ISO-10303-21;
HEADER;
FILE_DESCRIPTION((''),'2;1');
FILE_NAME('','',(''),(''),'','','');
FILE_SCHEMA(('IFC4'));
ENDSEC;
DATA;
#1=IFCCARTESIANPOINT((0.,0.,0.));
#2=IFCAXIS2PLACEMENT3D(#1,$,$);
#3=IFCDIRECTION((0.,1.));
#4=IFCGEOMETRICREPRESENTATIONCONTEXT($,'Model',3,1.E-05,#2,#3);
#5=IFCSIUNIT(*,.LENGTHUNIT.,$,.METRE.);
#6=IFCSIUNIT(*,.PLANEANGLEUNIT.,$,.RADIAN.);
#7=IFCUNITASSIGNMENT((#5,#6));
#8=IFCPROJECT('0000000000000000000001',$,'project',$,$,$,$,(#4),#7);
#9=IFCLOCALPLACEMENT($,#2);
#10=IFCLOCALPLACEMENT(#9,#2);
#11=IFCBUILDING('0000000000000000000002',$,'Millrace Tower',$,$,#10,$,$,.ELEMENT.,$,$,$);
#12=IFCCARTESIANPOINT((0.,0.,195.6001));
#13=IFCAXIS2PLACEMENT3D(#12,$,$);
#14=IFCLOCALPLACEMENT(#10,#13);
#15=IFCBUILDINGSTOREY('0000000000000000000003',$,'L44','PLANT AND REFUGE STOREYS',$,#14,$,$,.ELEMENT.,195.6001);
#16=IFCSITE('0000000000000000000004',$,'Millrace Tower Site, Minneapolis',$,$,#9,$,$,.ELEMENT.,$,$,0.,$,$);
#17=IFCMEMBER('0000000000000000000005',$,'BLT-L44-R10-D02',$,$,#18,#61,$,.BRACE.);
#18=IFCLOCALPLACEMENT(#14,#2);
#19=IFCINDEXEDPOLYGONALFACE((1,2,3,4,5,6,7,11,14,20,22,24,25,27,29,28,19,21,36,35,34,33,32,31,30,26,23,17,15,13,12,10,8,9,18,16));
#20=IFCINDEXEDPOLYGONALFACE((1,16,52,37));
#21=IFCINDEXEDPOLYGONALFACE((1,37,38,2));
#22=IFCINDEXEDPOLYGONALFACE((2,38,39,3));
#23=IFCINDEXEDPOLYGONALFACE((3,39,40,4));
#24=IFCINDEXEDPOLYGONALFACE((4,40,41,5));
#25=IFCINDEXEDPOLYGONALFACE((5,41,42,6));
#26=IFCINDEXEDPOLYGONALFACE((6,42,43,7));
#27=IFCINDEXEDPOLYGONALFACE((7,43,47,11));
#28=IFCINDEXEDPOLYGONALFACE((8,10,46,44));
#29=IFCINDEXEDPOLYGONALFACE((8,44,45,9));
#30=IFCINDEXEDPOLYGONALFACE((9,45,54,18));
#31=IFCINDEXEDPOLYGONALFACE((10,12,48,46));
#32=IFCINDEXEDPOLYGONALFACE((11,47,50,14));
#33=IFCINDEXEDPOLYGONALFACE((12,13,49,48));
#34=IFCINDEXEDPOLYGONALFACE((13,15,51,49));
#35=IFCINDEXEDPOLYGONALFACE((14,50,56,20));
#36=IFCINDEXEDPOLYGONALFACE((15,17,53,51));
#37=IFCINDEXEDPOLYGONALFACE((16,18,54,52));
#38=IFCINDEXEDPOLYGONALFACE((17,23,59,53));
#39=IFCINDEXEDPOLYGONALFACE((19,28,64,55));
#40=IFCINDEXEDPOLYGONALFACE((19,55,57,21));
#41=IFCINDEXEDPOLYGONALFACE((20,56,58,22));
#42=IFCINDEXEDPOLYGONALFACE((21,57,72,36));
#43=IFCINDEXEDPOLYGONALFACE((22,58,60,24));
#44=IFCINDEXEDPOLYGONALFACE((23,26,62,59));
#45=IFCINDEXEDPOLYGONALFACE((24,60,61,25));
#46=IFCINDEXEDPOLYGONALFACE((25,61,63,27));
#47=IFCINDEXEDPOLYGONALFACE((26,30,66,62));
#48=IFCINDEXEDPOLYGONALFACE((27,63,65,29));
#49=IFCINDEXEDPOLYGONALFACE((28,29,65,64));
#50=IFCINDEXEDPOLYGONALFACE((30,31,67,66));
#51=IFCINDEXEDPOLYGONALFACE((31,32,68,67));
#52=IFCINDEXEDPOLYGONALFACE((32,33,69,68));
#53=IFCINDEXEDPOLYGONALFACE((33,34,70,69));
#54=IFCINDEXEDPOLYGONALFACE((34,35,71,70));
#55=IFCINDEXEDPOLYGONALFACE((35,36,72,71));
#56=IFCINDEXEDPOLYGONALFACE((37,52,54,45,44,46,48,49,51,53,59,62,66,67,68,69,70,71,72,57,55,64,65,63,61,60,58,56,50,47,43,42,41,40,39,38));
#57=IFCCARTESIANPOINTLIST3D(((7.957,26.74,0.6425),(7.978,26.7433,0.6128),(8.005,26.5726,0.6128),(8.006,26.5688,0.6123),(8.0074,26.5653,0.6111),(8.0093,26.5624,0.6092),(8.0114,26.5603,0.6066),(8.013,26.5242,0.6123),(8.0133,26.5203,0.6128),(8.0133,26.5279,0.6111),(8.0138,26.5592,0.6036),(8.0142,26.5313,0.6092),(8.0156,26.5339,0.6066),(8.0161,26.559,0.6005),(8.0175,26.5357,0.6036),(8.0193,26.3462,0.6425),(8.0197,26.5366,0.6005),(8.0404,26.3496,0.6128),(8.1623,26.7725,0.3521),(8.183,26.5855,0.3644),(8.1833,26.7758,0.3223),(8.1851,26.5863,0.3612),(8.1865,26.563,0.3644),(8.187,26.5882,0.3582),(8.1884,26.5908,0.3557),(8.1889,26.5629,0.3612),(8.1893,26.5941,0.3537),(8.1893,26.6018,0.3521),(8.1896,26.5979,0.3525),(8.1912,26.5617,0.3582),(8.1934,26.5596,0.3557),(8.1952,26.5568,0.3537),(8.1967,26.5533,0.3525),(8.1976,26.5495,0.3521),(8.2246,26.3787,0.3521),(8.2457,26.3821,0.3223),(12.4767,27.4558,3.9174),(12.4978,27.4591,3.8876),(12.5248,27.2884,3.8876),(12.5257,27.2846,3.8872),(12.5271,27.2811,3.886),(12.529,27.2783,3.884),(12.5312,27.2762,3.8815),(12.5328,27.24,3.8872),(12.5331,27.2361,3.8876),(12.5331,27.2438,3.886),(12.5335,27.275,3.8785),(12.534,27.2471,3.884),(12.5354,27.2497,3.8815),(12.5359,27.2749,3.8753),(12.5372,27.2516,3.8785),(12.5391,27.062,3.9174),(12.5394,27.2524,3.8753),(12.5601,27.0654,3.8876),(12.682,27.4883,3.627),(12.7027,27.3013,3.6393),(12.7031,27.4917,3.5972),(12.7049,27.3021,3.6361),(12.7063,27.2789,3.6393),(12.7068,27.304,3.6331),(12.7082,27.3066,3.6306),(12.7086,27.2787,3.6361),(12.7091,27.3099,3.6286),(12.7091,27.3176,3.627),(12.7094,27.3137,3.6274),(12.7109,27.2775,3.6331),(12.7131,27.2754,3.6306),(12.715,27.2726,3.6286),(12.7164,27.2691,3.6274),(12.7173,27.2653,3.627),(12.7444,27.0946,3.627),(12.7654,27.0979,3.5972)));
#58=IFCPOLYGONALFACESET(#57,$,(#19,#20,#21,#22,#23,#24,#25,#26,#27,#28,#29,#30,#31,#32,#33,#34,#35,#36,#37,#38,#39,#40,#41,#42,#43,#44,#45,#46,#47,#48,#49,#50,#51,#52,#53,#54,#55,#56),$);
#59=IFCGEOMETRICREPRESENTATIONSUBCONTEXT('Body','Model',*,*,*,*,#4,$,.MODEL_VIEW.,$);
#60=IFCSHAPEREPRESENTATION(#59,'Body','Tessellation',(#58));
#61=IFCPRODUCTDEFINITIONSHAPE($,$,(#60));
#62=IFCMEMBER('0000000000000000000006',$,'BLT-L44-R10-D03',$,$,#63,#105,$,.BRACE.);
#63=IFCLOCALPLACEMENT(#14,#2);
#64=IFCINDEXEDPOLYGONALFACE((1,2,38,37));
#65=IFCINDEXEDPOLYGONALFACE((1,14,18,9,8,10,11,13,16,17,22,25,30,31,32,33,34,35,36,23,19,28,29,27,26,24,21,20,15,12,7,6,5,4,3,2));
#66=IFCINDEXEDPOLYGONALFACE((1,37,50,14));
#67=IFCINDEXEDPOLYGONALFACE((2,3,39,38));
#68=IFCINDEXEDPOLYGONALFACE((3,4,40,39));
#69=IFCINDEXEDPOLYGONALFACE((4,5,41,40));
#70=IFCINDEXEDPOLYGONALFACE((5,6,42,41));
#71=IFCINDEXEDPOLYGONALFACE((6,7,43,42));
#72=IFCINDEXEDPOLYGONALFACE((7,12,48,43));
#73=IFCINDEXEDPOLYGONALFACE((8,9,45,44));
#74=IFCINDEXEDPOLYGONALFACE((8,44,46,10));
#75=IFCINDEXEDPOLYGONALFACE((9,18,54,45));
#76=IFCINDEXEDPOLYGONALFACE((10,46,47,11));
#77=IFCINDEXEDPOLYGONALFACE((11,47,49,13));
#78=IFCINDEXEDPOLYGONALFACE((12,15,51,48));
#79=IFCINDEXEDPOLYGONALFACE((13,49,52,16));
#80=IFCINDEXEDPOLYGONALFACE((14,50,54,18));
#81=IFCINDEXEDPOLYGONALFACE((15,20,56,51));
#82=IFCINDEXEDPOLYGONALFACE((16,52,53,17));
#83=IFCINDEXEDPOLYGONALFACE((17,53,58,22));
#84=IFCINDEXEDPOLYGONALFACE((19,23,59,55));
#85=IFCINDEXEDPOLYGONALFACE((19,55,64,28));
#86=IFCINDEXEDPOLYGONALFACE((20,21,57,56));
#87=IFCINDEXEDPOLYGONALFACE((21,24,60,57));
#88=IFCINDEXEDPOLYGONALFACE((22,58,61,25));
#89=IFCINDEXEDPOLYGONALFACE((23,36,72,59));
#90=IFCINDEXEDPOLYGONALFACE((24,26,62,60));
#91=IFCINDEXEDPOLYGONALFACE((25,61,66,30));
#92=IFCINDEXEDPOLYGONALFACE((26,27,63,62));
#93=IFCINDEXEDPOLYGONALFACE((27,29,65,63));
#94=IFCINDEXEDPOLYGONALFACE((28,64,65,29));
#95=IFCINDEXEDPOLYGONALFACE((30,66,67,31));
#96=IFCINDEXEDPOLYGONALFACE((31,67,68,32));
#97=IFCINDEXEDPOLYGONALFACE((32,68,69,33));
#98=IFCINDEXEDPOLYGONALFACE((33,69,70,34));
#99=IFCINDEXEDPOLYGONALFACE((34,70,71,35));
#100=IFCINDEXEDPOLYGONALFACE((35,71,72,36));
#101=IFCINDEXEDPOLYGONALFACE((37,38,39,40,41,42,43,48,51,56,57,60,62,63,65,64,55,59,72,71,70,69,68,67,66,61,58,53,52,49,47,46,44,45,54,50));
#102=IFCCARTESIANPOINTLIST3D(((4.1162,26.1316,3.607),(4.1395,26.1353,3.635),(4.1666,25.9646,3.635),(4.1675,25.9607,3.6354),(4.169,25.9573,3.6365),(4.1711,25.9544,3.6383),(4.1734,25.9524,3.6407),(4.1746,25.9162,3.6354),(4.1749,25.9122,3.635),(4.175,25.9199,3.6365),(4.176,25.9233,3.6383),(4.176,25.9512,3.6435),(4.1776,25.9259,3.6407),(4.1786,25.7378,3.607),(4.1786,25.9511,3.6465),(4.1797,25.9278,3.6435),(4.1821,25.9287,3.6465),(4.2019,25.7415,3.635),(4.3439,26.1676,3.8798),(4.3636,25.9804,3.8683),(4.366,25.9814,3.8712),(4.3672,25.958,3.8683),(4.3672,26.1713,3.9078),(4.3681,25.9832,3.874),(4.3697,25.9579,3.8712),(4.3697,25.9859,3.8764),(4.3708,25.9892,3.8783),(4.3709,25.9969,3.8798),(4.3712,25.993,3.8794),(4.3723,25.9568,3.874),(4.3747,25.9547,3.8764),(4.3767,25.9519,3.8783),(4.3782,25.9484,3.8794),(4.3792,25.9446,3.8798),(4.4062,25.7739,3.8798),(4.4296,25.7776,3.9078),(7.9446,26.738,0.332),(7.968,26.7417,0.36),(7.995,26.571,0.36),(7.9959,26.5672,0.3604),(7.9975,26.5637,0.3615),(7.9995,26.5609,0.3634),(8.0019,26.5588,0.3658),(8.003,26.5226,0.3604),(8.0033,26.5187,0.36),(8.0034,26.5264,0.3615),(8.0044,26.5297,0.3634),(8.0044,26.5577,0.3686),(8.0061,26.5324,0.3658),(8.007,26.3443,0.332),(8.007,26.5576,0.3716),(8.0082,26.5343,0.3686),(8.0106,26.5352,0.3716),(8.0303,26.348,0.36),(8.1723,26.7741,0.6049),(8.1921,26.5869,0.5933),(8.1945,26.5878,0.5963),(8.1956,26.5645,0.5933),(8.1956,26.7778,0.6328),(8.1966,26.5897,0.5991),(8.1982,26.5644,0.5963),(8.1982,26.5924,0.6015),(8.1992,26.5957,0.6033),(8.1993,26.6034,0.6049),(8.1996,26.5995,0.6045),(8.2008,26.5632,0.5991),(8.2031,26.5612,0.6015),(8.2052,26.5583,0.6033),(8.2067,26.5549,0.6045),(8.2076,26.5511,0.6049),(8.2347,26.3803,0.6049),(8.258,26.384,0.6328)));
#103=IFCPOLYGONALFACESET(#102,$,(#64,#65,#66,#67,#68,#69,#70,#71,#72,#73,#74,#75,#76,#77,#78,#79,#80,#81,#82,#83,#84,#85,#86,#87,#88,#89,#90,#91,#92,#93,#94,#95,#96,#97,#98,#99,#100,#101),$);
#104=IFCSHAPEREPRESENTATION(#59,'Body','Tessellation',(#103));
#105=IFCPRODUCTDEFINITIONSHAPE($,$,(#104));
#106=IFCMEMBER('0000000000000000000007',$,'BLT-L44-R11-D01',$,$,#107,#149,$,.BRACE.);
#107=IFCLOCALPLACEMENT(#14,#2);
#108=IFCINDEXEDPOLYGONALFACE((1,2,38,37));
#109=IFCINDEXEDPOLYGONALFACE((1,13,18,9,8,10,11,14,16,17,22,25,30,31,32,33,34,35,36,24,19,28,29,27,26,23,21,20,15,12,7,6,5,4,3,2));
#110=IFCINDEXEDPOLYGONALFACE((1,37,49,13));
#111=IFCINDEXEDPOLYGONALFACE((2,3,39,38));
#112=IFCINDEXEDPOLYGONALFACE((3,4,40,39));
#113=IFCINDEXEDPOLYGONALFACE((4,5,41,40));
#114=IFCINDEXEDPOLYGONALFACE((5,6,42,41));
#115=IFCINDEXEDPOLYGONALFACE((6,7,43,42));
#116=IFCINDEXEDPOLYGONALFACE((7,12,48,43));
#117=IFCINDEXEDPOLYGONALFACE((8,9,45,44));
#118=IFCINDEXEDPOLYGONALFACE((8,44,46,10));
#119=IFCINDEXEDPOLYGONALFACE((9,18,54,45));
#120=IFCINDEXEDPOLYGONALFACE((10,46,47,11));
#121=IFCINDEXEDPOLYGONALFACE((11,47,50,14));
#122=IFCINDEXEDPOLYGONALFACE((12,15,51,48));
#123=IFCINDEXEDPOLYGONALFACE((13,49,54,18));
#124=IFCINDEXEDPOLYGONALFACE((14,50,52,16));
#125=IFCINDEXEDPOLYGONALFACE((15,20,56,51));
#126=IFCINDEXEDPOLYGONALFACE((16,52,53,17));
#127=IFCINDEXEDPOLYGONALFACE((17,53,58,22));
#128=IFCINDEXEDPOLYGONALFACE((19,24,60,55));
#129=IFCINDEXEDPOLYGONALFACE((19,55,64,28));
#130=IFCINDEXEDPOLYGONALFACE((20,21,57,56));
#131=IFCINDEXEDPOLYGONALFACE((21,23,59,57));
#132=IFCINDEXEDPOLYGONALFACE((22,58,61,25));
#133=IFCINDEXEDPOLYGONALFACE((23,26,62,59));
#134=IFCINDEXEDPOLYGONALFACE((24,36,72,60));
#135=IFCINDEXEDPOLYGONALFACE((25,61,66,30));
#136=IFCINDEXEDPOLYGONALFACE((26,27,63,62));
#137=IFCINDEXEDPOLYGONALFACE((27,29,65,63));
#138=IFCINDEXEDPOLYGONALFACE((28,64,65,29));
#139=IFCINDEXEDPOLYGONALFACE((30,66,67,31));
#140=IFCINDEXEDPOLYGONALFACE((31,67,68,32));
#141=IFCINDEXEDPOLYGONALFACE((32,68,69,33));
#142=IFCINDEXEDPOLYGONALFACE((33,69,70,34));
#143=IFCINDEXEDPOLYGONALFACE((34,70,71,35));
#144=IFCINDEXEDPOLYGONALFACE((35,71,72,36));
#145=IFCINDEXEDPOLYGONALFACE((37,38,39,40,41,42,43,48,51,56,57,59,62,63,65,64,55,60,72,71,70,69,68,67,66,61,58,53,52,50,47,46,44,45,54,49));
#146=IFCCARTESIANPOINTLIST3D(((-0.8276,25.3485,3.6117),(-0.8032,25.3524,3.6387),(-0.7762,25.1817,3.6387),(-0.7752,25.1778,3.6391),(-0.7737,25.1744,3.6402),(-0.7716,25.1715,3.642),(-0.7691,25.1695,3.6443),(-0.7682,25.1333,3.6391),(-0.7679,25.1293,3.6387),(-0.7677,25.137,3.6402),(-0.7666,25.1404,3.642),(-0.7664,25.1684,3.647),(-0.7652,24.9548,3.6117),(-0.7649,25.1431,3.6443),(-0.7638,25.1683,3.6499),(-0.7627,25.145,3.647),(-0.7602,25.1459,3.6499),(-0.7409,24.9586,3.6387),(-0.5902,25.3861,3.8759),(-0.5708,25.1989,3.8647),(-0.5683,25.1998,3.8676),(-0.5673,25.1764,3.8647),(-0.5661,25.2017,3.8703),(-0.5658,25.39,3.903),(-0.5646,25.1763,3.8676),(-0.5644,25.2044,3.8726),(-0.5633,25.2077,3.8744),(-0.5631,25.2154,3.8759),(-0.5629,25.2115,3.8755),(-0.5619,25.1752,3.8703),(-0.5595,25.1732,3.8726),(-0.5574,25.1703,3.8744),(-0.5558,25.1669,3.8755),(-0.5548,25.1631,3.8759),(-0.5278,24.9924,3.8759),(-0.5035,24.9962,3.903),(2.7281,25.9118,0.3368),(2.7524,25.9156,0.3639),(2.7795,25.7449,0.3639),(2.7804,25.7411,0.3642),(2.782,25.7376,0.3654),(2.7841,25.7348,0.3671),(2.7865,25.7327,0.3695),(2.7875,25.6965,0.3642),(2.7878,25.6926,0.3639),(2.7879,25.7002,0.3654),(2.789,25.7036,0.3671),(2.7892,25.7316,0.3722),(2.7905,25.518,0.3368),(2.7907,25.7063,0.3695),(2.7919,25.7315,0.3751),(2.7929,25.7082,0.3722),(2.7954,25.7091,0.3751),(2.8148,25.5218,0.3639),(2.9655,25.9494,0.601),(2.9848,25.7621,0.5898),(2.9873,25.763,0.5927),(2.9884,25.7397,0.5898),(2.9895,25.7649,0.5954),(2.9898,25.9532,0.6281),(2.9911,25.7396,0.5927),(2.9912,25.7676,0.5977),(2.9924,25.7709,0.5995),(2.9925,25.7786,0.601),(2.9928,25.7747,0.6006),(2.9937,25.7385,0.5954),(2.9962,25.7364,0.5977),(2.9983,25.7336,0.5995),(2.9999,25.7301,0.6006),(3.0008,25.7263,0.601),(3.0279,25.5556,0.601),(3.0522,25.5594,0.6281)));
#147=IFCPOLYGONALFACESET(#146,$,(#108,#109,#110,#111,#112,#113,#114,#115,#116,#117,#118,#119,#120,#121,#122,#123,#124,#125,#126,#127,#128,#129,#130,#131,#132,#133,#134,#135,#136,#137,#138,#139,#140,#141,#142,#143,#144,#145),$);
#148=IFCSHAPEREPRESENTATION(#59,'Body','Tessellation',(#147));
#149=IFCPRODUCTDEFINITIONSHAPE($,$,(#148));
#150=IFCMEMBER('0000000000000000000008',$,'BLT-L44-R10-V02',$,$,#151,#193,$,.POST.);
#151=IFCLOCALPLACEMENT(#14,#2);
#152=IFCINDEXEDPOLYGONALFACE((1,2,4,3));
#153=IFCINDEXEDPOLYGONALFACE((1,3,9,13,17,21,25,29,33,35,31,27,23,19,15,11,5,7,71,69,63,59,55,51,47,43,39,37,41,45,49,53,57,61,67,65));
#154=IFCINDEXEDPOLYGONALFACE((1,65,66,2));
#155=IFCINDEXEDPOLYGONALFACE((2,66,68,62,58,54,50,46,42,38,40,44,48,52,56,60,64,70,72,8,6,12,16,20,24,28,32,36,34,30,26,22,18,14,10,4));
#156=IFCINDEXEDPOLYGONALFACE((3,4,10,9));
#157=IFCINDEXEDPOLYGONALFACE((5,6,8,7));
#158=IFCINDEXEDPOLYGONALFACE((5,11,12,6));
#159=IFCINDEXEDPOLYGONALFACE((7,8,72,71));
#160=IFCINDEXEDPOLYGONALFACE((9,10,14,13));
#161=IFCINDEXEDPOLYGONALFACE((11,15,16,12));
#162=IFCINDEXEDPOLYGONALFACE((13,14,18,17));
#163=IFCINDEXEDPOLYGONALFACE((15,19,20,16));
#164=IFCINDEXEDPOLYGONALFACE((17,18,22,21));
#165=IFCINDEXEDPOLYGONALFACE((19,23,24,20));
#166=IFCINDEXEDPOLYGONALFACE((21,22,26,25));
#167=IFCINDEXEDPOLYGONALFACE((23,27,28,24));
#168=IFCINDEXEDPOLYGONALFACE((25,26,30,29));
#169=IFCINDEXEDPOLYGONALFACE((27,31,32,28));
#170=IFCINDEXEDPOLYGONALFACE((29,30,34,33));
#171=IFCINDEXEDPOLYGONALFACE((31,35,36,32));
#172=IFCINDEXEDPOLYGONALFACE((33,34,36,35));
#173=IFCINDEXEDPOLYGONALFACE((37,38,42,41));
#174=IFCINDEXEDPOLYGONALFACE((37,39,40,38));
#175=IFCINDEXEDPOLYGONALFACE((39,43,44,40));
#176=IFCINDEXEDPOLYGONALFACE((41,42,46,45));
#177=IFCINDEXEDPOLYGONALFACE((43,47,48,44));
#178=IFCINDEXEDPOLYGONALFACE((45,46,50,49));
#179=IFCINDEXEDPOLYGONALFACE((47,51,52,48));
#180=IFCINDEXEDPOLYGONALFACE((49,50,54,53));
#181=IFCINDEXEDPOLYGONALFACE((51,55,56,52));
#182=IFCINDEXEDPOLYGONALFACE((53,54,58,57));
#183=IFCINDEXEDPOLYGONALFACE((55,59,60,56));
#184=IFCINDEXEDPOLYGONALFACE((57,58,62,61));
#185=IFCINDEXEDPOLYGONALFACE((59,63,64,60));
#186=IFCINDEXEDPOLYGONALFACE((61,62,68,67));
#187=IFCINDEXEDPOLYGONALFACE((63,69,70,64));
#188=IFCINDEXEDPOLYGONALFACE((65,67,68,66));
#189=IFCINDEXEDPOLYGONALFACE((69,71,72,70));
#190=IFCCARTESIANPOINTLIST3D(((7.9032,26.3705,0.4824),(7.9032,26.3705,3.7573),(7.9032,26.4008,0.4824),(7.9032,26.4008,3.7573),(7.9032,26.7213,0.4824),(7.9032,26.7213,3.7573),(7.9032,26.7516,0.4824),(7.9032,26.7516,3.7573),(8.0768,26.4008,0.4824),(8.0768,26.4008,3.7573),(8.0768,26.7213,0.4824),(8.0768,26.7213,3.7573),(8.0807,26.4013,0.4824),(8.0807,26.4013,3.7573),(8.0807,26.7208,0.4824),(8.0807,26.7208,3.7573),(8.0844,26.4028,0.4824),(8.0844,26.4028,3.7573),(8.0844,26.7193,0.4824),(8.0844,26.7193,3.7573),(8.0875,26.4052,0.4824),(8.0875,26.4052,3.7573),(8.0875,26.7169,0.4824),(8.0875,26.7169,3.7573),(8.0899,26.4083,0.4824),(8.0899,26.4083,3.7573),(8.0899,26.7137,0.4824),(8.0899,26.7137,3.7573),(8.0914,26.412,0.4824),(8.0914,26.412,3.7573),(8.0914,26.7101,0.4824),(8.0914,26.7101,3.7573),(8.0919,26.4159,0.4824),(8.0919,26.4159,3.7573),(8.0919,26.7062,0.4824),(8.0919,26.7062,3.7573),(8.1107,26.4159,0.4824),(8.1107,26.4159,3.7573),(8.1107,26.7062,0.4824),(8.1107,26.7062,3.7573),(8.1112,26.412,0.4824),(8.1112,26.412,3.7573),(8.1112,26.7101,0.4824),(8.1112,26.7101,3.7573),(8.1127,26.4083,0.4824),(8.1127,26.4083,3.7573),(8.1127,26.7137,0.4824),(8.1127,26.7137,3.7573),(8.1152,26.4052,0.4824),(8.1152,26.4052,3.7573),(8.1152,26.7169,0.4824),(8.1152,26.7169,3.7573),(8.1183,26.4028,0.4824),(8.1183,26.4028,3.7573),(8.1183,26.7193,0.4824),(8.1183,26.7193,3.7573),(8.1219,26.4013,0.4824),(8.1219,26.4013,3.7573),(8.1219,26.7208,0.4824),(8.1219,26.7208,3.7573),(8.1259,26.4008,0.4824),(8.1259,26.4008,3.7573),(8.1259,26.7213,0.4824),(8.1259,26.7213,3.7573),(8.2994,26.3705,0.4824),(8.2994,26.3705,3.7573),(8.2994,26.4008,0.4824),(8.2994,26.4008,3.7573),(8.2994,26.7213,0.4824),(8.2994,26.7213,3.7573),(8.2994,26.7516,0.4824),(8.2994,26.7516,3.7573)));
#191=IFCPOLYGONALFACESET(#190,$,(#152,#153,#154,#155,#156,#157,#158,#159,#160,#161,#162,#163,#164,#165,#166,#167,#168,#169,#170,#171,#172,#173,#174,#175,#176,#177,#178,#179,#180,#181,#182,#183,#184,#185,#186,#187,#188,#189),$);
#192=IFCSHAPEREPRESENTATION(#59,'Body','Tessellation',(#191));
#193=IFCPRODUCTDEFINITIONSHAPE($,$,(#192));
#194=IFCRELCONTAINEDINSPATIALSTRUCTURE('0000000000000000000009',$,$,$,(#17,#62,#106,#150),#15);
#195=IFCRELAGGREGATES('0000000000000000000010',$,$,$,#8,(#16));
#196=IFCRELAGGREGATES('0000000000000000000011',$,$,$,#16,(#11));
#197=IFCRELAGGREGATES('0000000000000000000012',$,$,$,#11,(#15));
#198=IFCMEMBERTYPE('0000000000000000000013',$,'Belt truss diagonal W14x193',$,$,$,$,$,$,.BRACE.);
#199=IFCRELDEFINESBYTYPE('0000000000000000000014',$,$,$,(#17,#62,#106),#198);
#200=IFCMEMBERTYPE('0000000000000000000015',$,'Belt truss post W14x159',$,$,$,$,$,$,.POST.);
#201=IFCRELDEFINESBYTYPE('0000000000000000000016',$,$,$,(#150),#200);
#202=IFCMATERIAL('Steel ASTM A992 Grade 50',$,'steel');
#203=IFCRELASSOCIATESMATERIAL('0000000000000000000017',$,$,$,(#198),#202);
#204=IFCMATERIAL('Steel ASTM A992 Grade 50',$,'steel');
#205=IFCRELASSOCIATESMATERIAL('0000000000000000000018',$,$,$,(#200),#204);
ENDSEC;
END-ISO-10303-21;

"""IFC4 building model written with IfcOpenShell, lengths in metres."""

from ifc_helpers import new_model, si_unit, direction, frame, origin, origin_2d, place, context, subcontext, project, spatial, i_section, extrude, material, material_profile, profile_set, type_object, element, save


model = new_model("IFC4")

# Units and contexts
model_context = context("Model", 3, precision=1e-05, world=origin(), true_north=direction((0.0, 1.0)))
body_context = subcontext(model_context, "Body", "Model", "MODEL_VIEW")
ifc_project = project(units=[si_unit("LENGTHUNIT", "METRE"), si_unit("PLANEANGLEUNIT", "RADIAN")], contexts=[model_context])

# Site, building, storey
site_placement = place(None, origin())
site = spatial("IfcSite", under=ifc_project, at=site_placement, Name="Millrace Tower Site, Minneapolis", CompositionType="ELEMENT", RefElevation=0.0)
building_placement = place(site_placement, origin())
building = spatial("IfcBuilding", under=site, at=building_placement, Name="Millrace Tower", CompositionType="ELEMENT")
storey_placement = place(building_placement, frame((0.0, 0.0, 195.6001)))
storey = spatial("IfcBuildingStorey", under=building, at=storey_placement, Name="L44", Description="PLANT AND REFUGE STOREYS", CompositionType="ELEMENT", Elevation=195.6001)

# Members
ifc_material_1 = material(Name="Steel ASTM A992 Grade 50", Category="steel")
ifc_material_profile_1 = material_profile(ifc_material_1, i_section(OverallWidth=0.3987, OverallDepth=0.3938, WebThickness=0.0227, FlangeThickness=0.0366, FilletRadius=0.0151, at=origin_2d()))
ifc_profile_set_1 = profile_set([ifc_material_profile_1], Name="Steel ASTM A992 Grade 50")
member_type_1 = type_object("IfcMemberType", Name="Belt truss diagonal W14x193", PredefinedType="BRACE", material=ifc_profile_set_1)
member_1_placement = place(storey_placement, frame((8.1013, 26.561, 0.4824), z_axis=(0.803197, 0.127206, 0.581974), x_axis=(-0.156426, 0.98769, 0.0)))
element("IfcMember", 1, at=member_1_placement, inside=storey, type_object=member_type_1, Name="BLT-L44-R10-D02", PredefinedType="BRACE", context=body_context, shape_type="SweptSolid", body=[
    extrude(i_section(OverallWidth=0.3987, OverallDepth=0.3938, WebThickness=0.0227, FlangeThickness=0.0366, FilletRadius=0.0151, at=origin_2d()), origin(), (0.0, 0.0, 1.0), 5.6272),
])
member_2_placement = place(storey_placement, frame((8.1013, 26.561, 0.4824), z_axis=(-0.754453, -0.119512, 0.645382), x_axis=(0.156457, -0.987685, 0.0)))
element("IfcMember", 2, at=member_2_placement, inside=storey, type_object=member_type_1, Name="BLT-L44-R10-D03", PredefinedType="BRACE", context=body_context, shape_type="SweptSolid", body=[
    extrude(i_section(OverallWidth=0.3987, OverallDepth=0.3938, WebThickness=0.0227, FlangeThickness=0.0366, FilletRadius=0.0151, at=origin_2d()), origin(), (0.0, 0.0, 1.0), 5.0745),
])
member_3_placement = place(storey_placement, frame((2.8901, 25.7356, 0.4824), z_axis=(-0.730608, -0.115731, 0.672918), x_axis=(0.156454, -0.987685, 0.0)))
element("IfcMember", 3, at=member_3_placement, inside=storey, type_object=member_type_1, Name="BLT-L44-R11-D01", PredefinedType="BRACE", context=body_context, shape_type="SweptSolid", body=[
    extrude(i_section(OverallWidth=0.3987, OverallDepth=0.3938, WebThickness=0.0227, FlangeThickness=0.0366, FilletRadius=0.0151, at=origin_2d()), origin(), (0.0, 0.0, 1.0), 4.8667),
])
ifc_material_2 = material(Name="Steel ASTM A992 Grade 50", Category="steel")
ifc_material_profile_2 = material_profile(ifc_material_2, i_section(OverallWidth=0.3962, OverallDepth=0.3811, WebThickness=0.0188, FlangeThickness=0.0303, FilletRadius=0.0151, at=origin_2d()))
ifc_profile_set_2 = profile_set([ifc_material_profile_2], Name="Steel ASTM A992 Grade 50")
member_type_2 = type_object("IfcMemberType", Name="Belt truss post W14x159", PredefinedType="POST", material=ifc_profile_set_2)
member_4_placement = place(storey_placement, frame((8.1013, 26.561, 0.4824), z_axis=(0.0, 0.0, 1.0), x_axis=(1.0, 0.0, 0.0)))
element("IfcMember", 4, at=member_4_placement, inside=storey, type_object=member_type_2, Name="BLT-L44-R10-V02", PredefinedType="POST", context=body_context, shape_type="SweptSolid", body=[
    extrude(i_section(OverallWidth=0.3962, OverallDepth=0.3811, WebThickness=0.0188, FlangeThickness=0.0303, FilletRadius=0.0151, at=origin_2d()), origin(), (0.0, 0.0, 1.0), 3.2749),
])

save(model, "model.ifc")
